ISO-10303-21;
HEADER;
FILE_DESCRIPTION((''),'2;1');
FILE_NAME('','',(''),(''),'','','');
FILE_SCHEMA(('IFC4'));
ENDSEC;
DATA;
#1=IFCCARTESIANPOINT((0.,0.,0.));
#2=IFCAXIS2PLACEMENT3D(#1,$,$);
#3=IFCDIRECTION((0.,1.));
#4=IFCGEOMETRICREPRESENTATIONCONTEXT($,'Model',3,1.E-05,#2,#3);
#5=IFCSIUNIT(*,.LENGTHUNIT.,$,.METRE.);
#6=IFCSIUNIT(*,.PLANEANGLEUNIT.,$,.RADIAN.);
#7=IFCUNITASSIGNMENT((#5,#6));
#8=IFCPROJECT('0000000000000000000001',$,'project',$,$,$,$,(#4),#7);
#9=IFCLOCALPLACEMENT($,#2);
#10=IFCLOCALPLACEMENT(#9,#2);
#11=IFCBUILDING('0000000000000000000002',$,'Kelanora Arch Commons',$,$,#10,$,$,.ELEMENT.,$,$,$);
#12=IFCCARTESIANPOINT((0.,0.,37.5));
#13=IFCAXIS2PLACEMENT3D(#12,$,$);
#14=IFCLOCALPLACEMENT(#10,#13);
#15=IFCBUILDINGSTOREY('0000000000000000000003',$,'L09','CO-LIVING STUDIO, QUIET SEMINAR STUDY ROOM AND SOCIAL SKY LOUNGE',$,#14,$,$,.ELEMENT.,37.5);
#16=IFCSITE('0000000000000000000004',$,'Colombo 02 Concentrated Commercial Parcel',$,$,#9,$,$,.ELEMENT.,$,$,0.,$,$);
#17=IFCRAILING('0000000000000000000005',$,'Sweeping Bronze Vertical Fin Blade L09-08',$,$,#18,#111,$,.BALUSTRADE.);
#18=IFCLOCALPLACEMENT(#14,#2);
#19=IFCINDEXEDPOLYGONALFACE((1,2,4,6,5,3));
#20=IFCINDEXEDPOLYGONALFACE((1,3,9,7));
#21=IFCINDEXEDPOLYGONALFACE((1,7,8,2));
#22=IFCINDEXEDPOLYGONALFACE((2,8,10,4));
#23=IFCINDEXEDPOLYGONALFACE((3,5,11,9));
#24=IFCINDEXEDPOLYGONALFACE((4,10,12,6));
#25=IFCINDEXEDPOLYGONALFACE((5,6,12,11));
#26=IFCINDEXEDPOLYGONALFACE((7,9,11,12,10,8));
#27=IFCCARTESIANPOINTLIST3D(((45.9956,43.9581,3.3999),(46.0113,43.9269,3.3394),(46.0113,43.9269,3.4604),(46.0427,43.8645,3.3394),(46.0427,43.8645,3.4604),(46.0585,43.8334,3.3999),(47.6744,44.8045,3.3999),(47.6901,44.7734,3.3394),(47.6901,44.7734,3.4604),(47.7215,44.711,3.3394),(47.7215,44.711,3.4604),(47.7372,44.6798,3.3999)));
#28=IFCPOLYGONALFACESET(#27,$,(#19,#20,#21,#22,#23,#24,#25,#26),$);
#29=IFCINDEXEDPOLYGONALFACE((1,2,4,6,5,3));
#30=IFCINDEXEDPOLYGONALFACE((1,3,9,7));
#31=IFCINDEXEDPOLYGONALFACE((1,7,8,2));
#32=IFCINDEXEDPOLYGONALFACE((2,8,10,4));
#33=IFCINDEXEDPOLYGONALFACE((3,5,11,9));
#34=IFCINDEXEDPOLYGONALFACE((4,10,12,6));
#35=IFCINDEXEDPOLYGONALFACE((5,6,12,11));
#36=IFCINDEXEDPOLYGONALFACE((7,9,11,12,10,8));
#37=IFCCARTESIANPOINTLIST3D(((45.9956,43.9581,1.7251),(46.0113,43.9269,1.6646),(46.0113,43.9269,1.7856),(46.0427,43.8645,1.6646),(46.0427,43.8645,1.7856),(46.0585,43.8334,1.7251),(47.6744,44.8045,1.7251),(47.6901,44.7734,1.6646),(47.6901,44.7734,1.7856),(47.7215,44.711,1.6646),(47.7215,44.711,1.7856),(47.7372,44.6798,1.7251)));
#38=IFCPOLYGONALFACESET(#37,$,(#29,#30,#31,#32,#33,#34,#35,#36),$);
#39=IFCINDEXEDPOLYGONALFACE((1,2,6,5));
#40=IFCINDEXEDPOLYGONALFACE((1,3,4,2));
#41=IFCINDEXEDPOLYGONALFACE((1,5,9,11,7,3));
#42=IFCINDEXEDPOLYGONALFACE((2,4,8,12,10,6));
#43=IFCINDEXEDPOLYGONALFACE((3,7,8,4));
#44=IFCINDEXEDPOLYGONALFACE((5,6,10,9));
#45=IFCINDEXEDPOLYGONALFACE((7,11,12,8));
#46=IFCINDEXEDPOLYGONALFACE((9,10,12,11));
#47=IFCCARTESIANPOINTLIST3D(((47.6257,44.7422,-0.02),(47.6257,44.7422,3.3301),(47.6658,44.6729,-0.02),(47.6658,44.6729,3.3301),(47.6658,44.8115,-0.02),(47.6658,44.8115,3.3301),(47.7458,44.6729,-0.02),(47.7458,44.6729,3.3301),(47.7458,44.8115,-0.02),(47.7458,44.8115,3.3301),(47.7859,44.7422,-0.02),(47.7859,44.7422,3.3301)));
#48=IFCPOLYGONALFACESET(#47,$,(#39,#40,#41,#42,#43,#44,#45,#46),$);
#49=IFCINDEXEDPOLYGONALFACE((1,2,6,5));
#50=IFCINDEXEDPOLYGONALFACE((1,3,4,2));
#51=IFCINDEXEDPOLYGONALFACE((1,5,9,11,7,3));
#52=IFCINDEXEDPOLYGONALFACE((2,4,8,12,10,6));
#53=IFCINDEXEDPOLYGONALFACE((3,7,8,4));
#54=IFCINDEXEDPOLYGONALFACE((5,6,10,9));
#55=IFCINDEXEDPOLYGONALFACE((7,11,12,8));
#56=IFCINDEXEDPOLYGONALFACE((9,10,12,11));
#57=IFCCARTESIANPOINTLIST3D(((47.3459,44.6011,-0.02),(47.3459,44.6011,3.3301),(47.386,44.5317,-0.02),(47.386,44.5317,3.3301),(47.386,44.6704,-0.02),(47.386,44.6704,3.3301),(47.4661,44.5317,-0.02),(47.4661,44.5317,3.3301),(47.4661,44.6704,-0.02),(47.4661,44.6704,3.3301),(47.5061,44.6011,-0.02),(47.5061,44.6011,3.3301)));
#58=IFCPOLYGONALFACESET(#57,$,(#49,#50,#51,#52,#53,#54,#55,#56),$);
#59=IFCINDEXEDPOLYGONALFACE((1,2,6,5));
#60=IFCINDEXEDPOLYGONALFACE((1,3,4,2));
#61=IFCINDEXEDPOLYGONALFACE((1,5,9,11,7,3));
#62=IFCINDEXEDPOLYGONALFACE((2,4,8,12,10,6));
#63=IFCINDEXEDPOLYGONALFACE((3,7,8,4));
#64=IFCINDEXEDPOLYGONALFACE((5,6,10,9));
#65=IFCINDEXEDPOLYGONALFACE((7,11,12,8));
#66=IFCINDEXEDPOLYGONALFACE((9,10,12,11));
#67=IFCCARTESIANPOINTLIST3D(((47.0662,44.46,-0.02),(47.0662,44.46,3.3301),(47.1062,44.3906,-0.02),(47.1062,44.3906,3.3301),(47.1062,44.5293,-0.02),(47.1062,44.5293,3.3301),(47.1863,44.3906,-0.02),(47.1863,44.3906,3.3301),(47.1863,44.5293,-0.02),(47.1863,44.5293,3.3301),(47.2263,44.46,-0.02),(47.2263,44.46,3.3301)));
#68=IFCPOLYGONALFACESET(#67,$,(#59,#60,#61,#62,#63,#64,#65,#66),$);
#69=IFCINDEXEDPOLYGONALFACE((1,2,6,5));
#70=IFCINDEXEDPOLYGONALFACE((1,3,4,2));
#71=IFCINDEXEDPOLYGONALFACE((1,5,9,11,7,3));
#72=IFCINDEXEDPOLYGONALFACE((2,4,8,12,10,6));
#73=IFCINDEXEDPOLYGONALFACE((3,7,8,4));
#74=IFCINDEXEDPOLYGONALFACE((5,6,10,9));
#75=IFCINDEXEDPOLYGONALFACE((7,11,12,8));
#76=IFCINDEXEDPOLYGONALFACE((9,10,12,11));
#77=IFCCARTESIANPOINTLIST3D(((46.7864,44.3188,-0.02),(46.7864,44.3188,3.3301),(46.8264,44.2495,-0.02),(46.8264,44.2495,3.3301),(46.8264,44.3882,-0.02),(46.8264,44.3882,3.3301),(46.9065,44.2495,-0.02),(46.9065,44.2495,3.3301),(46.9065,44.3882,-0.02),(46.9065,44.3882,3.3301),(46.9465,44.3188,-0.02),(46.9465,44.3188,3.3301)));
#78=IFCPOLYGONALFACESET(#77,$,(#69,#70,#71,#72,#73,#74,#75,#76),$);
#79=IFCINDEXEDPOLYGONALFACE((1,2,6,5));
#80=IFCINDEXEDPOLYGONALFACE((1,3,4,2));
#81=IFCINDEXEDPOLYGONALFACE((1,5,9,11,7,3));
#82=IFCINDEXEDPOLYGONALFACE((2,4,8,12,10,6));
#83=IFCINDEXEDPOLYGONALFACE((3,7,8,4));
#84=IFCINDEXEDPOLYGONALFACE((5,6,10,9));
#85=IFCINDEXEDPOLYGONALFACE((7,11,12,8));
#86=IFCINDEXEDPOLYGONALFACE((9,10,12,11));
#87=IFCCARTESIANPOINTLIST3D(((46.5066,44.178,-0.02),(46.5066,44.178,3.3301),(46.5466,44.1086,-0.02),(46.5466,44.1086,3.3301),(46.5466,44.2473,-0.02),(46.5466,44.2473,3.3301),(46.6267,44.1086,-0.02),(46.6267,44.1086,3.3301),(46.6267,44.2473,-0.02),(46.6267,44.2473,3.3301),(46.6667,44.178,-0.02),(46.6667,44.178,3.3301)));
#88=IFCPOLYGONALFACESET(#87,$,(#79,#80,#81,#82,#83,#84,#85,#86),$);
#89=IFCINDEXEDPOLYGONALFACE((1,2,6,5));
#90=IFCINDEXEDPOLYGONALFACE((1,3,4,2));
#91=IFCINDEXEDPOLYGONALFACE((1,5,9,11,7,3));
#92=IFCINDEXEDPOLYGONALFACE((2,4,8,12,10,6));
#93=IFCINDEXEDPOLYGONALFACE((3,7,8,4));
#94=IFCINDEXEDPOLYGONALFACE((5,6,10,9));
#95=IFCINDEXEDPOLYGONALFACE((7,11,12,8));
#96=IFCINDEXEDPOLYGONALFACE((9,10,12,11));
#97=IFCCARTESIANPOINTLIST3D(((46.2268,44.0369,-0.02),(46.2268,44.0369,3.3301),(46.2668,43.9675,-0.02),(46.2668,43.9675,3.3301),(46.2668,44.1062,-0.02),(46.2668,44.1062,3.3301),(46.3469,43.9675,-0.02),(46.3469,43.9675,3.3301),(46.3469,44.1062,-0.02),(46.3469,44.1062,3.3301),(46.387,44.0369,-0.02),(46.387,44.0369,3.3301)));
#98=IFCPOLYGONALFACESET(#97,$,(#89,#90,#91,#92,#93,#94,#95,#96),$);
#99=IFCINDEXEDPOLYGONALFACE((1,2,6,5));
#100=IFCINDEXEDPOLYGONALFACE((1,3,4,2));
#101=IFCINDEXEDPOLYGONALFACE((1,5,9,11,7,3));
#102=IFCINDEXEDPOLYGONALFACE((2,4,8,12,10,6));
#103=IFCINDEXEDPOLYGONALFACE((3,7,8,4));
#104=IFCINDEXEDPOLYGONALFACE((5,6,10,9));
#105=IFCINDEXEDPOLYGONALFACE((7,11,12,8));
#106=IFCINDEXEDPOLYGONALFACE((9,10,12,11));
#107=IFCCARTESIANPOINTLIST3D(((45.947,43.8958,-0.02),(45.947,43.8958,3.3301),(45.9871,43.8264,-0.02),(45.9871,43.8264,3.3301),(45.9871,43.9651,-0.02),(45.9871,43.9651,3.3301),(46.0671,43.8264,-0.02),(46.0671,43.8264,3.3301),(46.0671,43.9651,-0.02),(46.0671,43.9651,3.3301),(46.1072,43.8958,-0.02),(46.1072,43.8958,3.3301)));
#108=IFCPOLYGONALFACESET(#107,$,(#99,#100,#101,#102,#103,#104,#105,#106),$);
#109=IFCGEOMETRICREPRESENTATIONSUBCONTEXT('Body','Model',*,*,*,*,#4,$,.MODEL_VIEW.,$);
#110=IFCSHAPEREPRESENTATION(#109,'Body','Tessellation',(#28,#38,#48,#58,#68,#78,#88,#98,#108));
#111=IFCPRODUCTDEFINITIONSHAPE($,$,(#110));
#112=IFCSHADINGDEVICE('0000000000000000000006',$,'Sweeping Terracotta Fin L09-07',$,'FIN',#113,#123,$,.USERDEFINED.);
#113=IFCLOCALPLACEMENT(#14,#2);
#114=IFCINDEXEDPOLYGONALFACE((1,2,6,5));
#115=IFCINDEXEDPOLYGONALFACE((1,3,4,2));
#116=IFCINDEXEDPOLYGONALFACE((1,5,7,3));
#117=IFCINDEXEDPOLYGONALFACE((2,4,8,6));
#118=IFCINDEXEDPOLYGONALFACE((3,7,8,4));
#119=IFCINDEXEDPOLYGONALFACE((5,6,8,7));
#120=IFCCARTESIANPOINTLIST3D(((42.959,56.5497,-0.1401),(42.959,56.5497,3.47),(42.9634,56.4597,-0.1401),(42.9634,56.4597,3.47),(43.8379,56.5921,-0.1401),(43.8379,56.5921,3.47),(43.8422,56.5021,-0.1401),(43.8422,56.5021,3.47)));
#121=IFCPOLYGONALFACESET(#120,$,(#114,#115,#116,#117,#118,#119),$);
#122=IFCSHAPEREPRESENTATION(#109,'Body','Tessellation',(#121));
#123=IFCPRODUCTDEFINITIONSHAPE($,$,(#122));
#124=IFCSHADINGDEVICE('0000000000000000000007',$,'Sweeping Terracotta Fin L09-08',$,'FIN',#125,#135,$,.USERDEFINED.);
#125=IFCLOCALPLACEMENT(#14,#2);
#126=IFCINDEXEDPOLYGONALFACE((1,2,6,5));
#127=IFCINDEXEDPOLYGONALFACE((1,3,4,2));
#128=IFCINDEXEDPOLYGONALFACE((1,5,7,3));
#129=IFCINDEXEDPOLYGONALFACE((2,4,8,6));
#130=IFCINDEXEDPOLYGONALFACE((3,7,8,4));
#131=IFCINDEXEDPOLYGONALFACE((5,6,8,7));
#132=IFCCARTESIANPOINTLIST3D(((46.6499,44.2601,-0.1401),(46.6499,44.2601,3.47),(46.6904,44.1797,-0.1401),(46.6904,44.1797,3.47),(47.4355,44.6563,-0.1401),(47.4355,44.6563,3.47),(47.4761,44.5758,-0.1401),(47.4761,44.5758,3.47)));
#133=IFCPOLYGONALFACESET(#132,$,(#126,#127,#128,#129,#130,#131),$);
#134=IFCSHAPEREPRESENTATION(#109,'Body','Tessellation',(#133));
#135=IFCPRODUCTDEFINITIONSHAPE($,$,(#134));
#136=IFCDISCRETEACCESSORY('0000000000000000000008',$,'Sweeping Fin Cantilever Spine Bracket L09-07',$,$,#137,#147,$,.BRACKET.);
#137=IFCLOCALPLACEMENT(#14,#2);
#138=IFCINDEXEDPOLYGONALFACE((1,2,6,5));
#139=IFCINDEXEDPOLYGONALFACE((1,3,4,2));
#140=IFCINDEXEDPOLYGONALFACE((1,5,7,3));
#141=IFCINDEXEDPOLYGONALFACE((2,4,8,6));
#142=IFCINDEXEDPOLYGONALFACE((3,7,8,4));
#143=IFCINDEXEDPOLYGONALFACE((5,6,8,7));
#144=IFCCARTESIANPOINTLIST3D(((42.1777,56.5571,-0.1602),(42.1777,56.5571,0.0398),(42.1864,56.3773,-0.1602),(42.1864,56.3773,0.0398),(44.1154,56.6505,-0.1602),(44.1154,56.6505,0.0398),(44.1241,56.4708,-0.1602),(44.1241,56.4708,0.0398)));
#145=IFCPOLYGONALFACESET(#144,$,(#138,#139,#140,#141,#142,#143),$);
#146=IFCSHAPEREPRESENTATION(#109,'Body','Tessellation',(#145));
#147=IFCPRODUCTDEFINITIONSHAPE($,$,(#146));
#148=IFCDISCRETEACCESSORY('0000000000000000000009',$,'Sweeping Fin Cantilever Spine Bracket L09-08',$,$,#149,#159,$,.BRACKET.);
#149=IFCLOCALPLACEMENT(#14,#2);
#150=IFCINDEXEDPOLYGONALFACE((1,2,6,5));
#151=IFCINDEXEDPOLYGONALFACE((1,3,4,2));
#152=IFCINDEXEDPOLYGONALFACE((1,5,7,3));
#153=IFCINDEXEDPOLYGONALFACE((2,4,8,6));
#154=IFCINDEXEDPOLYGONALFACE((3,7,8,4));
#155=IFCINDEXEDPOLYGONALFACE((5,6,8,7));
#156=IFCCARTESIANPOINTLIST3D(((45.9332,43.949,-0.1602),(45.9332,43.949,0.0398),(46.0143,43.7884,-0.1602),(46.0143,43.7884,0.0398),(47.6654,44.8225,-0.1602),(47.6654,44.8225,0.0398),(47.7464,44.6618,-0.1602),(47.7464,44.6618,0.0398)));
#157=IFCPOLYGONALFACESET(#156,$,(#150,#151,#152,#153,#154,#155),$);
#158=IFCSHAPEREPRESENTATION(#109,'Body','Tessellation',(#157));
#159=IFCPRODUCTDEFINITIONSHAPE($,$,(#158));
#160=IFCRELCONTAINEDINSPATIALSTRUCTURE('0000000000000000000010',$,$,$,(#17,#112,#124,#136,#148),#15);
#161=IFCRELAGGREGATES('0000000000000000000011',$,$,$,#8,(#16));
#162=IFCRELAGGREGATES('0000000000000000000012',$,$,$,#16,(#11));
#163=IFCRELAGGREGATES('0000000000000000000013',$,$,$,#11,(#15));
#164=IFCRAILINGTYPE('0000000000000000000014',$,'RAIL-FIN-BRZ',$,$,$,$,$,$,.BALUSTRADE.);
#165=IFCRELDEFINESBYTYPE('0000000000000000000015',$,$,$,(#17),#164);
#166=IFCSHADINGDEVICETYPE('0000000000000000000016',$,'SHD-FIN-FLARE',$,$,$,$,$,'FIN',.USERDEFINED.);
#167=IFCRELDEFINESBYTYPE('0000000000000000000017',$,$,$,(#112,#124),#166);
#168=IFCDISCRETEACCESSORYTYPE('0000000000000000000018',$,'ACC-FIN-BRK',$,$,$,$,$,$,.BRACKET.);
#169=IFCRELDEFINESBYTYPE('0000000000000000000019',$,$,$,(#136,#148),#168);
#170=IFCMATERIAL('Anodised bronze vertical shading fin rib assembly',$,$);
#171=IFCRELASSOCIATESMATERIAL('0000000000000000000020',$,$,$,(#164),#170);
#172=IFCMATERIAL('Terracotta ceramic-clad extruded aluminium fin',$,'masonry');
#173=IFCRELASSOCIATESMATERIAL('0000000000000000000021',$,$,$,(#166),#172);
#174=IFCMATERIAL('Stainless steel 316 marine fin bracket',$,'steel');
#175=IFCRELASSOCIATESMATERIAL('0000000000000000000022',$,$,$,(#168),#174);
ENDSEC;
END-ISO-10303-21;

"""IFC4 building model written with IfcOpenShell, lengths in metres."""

from ifc_helpers import new_model, si_unit, direction, frame, origin, origin_2d, place, context, subcontext, project, spatial, polyline, rectangle, outline, extrude, source, transform, mapped, material, type_object, element, save


model = new_model("IFC4")

# Units and contexts
model_context = context("Model", 3, precision=1e-05, world=origin(), true_north=direction((0.0, 1.0)))
body_context = subcontext(model_context, "Body", "Model", "MODEL_VIEW")
ifc_project = project(units=[si_unit("LENGTHUNIT", "METRE"), si_unit("PLANEANGLEUNIT", "RADIAN")], contexts=[model_context])

# Site, building, storey
site_placement = place(None, origin())
site = spatial("IfcSite", under=ifc_project, at=site_placement, Name="Colombo 02 Concentrated Commercial Parcel", CompositionType="ELEMENT", RefElevation=0.0)
building_placement = place(site_placement, origin())
building = spatial("IfcBuilding", under=site, at=building_placement, Name="Kelanora Arch Commons", CompositionType="ELEMENT")
storey_placement = place(building_placement, frame((0.0, 0.0, 37.5)))
storey = spatial("IfcBuildingStorey", under=building, at=storey_placement, Name="L09", Description="CO-LIVING STUDIO, QUIET SEMINAR STUDY ROOM AND SOCIAL SKY LOUNGE", CompositionType="ELEMENT", Elevation=37.5)

# Railing
ifc_material_1 = material(Name="Anodised bronze vertical shading fin rib assembly")
railing_type = type_object("IfcRailingType", Name="RAIL-FIN-BRZ", PredefinedType="BALUSTRADE", material=ifc_material_1)
railing_1_placement = place(storey_placement, frame((47.7058, 44.7422, -0.02)))
element("IfcRailing", 1, at=railing_1_placement, inside=storey, type_object=railing_type, Name="Sweeping Bronze Vertical Fin Blade L09-08", PredefinedType="BALUSTRADE", context=body_context, shape_type="SweptSolid", body=[
    extrude(outline(polyline([(0.0698, 0.0), (0.0349, 0.0605), (-0.0349, 0.0605), (-0.0698, 0.0), (-0.0349, -0.0605), (0.0349, -0.0605), (0.0698, 0.0)])), frame((0.0, 0.0, 3.4199), z_axis=(-0.892916, -0.450224, 0.0), x_axis=(0.450224, -0.892916, 0.0)), (0.0, 0.0, 1.0), 1.8801),
    extrude(outline(polyline([(0.0698, 0.0), (0.0349, 0.0605), (-0.0349, 0.0605), (-0.0698, 0.0), (-0.0349, -0.0605), (0.0349, -0.0605), (0.0698, 0.0)])), frame((0.0, 0.0, 1.7451), z_axis=(-0.892916, -0.450224, 0.0), x_axis=(0.450224, -0.892916, 0.0)), (0.0, 0.0, 1.0), 1.8801),
    extrude(outline(polyline([(0.0801, 0.0), (0.04, 0.0693), (-0.04, 0.0693), (-0.0801, 0.0), (-0.04, -0.0693), (0.04, -0.0693), (0.0801, 0.0)])), origin(), (0.0, 0.0, 1.0), 3.3501),
    extrude(outline(polyline([(0.0801, 0.0), (0.04, 0.0693), (-0.04, 0.0693), (-0.0801, 0.0), (-0.04, -0.0693), (0.04, -0.0693), (0.0801, 0.0)])), frame((-0.2798, -0.1411, 0.0)), (0.0, 0.0, 1.0), 3.3501),
    extrude(outline(polyline([(0.0801, 0.0), (0.04, 0.0693), (-0.04, 0.0693), (-0.0801, 0.0), (-0.04, -0.0693), (0.04, -0.0693), (0.0801, 0.0)])), frame((-0.5596, -0.2822, 0.0)), (0.0, 0.0, 1.0), 3.3501),
    extrude(outline(polyline([(0.0801, 0.0), (0.04, 0.0693), (-0.04, 0.0693), (-0.0801, 0.0), (-0.04, -0.0693), (0.04, -0.0693), (0.0801, 0.0)])), frame((-0.8394, -0.4233, 0.0)), (0.0, 0.0, 1.0), 3.3501),
    extrude(outline(polyline([(0.0801, 0.0), (0.04, 0.0693), (-0.04, 0.0693), (-0.0801, 0.0), (-0.04, -0.0693), (0.04, -0.0693), (0.0801, 0.0)])), frame((-1.1191, -0.5642, 0.0)), (0.0, 0.0, 1.0), 3.3501),
    extrude(outline(polyline([(0.0801, 0.0), (0.04, 0.0693), (-0.04, 0.0693), (-0.0801, 0.0), (-0.04, -0.0693), (0.04, -0.0693), (0.0801, 0.0)])), frame((-1.3989, -0.7053, 0.0)), (0.0, 0.0, 1.0), 3.3501),
    extrude(outline(polyline([(0.0801, 0.0), (0.04, 0.0693), (-0.04, 0.0693), (-0.0801, 0.0), (-0.04, -0.0693), (0.04, -0.0693), (0.0801, 0.0)])), frame((-1.6787, -0.8464, 0.0)), (0.0, 0.0, 1.0), 3.3501),
])

# Shading devices
ifc_material_2 = material(Name="Terracotta ceramic-clad extruded aluminium fin", Category="masonry")
shading_device_type = type_object("IfcShadingDeviceType", Name="SHD-FIN-FLARE", ElementType="FIN", PredefinedType="USERDEFINED", material=ifc_material_2)
shared_shape_1 = source(origin(), body_context, "Body", "SweptSolid", [
    extrude(rectangle(XDim=0.8799, YDim=0.0901, at=origin_2d()), origin(), (0.0, 0.0, 1.0), 3.6101),
])
for number, where, z_axis, x_axis, name in (
    (2, (43.4006, 56.5259, -0.1401), (0.0, 0.0, 1.0), (-0.99884, -0.048152, 0.0), "Sweeping Terracotta Fin L09-07"),
    (3, (47.063, 44.418, -0.1401), (0.0, 0.0, 1.0), (-0.8929, -0.450254, 0.0), "Sweeping Terracotta Fin L09-08"),
):
    element("IfcShadingDevice", number, at=place(storey_placement, frame(where, z_axis=z_axis, x_axis=x_axis)), inside=storey, type_object=shading_device_type, Name=name, ObjectType="FIN", PredefinedType="USERDEFINED", context=body_context, shape_type="MappedRepresentation", body=[
        mapped(shared_shape_1, transform((0.0, 0.0, 0.0), scale=1.0)),
    ])

# Discrete accessories
ifc_material_3 = material(Name="Stainless steel 316 marine fin bracket", Category="steel")
discrete_accessory_type = type_object("IfcDiscreteAccessoryType", Name="ACC-FIN-BRK", PredefinedType="BRACKET", material=ifc_material_3)
shared_shape_2 = source(origin(), body_context, "Body", "SweptSolid", [
    extrude(rectangle(XDim=1.9399, YDim=0.1799, at=origin_2d()), origin(), (0.0, 0.0, 1.0), 0.2),
])
for number, where, z_axis, x_axis, name in (
    (4, (43.1509, 56.5139, -0.1602), (0.0, 0.0, 1.0), (-0.99884, -0.048152, 0.0), "Sweeping Fin Cantilever Spine Bracket L09-07"),
    (5, (46.8398, 44.3054, -0.1602), (0.0, 0.0, 1.0), (-0.8929, -0.450254, 0.0), "Sweeping Fin Cantilever Spine Bracket L09-08"),
):
    element("IfcDiscreteAccessory", number, at=place(storey_placement, frame(where, z_axis=z_axis, x_axis=x_axis)), inside=storey, type_object=discrete_accessory_type, Name=name, PredefinedType="BRACKET", context=body_context, shape_type="MappedRepresentation", body=[
        mapped(shared_shape_2, transform((0.0, 0.0, 0.0), scale=1.0)),
    ])

save(model, "model.ifc")
